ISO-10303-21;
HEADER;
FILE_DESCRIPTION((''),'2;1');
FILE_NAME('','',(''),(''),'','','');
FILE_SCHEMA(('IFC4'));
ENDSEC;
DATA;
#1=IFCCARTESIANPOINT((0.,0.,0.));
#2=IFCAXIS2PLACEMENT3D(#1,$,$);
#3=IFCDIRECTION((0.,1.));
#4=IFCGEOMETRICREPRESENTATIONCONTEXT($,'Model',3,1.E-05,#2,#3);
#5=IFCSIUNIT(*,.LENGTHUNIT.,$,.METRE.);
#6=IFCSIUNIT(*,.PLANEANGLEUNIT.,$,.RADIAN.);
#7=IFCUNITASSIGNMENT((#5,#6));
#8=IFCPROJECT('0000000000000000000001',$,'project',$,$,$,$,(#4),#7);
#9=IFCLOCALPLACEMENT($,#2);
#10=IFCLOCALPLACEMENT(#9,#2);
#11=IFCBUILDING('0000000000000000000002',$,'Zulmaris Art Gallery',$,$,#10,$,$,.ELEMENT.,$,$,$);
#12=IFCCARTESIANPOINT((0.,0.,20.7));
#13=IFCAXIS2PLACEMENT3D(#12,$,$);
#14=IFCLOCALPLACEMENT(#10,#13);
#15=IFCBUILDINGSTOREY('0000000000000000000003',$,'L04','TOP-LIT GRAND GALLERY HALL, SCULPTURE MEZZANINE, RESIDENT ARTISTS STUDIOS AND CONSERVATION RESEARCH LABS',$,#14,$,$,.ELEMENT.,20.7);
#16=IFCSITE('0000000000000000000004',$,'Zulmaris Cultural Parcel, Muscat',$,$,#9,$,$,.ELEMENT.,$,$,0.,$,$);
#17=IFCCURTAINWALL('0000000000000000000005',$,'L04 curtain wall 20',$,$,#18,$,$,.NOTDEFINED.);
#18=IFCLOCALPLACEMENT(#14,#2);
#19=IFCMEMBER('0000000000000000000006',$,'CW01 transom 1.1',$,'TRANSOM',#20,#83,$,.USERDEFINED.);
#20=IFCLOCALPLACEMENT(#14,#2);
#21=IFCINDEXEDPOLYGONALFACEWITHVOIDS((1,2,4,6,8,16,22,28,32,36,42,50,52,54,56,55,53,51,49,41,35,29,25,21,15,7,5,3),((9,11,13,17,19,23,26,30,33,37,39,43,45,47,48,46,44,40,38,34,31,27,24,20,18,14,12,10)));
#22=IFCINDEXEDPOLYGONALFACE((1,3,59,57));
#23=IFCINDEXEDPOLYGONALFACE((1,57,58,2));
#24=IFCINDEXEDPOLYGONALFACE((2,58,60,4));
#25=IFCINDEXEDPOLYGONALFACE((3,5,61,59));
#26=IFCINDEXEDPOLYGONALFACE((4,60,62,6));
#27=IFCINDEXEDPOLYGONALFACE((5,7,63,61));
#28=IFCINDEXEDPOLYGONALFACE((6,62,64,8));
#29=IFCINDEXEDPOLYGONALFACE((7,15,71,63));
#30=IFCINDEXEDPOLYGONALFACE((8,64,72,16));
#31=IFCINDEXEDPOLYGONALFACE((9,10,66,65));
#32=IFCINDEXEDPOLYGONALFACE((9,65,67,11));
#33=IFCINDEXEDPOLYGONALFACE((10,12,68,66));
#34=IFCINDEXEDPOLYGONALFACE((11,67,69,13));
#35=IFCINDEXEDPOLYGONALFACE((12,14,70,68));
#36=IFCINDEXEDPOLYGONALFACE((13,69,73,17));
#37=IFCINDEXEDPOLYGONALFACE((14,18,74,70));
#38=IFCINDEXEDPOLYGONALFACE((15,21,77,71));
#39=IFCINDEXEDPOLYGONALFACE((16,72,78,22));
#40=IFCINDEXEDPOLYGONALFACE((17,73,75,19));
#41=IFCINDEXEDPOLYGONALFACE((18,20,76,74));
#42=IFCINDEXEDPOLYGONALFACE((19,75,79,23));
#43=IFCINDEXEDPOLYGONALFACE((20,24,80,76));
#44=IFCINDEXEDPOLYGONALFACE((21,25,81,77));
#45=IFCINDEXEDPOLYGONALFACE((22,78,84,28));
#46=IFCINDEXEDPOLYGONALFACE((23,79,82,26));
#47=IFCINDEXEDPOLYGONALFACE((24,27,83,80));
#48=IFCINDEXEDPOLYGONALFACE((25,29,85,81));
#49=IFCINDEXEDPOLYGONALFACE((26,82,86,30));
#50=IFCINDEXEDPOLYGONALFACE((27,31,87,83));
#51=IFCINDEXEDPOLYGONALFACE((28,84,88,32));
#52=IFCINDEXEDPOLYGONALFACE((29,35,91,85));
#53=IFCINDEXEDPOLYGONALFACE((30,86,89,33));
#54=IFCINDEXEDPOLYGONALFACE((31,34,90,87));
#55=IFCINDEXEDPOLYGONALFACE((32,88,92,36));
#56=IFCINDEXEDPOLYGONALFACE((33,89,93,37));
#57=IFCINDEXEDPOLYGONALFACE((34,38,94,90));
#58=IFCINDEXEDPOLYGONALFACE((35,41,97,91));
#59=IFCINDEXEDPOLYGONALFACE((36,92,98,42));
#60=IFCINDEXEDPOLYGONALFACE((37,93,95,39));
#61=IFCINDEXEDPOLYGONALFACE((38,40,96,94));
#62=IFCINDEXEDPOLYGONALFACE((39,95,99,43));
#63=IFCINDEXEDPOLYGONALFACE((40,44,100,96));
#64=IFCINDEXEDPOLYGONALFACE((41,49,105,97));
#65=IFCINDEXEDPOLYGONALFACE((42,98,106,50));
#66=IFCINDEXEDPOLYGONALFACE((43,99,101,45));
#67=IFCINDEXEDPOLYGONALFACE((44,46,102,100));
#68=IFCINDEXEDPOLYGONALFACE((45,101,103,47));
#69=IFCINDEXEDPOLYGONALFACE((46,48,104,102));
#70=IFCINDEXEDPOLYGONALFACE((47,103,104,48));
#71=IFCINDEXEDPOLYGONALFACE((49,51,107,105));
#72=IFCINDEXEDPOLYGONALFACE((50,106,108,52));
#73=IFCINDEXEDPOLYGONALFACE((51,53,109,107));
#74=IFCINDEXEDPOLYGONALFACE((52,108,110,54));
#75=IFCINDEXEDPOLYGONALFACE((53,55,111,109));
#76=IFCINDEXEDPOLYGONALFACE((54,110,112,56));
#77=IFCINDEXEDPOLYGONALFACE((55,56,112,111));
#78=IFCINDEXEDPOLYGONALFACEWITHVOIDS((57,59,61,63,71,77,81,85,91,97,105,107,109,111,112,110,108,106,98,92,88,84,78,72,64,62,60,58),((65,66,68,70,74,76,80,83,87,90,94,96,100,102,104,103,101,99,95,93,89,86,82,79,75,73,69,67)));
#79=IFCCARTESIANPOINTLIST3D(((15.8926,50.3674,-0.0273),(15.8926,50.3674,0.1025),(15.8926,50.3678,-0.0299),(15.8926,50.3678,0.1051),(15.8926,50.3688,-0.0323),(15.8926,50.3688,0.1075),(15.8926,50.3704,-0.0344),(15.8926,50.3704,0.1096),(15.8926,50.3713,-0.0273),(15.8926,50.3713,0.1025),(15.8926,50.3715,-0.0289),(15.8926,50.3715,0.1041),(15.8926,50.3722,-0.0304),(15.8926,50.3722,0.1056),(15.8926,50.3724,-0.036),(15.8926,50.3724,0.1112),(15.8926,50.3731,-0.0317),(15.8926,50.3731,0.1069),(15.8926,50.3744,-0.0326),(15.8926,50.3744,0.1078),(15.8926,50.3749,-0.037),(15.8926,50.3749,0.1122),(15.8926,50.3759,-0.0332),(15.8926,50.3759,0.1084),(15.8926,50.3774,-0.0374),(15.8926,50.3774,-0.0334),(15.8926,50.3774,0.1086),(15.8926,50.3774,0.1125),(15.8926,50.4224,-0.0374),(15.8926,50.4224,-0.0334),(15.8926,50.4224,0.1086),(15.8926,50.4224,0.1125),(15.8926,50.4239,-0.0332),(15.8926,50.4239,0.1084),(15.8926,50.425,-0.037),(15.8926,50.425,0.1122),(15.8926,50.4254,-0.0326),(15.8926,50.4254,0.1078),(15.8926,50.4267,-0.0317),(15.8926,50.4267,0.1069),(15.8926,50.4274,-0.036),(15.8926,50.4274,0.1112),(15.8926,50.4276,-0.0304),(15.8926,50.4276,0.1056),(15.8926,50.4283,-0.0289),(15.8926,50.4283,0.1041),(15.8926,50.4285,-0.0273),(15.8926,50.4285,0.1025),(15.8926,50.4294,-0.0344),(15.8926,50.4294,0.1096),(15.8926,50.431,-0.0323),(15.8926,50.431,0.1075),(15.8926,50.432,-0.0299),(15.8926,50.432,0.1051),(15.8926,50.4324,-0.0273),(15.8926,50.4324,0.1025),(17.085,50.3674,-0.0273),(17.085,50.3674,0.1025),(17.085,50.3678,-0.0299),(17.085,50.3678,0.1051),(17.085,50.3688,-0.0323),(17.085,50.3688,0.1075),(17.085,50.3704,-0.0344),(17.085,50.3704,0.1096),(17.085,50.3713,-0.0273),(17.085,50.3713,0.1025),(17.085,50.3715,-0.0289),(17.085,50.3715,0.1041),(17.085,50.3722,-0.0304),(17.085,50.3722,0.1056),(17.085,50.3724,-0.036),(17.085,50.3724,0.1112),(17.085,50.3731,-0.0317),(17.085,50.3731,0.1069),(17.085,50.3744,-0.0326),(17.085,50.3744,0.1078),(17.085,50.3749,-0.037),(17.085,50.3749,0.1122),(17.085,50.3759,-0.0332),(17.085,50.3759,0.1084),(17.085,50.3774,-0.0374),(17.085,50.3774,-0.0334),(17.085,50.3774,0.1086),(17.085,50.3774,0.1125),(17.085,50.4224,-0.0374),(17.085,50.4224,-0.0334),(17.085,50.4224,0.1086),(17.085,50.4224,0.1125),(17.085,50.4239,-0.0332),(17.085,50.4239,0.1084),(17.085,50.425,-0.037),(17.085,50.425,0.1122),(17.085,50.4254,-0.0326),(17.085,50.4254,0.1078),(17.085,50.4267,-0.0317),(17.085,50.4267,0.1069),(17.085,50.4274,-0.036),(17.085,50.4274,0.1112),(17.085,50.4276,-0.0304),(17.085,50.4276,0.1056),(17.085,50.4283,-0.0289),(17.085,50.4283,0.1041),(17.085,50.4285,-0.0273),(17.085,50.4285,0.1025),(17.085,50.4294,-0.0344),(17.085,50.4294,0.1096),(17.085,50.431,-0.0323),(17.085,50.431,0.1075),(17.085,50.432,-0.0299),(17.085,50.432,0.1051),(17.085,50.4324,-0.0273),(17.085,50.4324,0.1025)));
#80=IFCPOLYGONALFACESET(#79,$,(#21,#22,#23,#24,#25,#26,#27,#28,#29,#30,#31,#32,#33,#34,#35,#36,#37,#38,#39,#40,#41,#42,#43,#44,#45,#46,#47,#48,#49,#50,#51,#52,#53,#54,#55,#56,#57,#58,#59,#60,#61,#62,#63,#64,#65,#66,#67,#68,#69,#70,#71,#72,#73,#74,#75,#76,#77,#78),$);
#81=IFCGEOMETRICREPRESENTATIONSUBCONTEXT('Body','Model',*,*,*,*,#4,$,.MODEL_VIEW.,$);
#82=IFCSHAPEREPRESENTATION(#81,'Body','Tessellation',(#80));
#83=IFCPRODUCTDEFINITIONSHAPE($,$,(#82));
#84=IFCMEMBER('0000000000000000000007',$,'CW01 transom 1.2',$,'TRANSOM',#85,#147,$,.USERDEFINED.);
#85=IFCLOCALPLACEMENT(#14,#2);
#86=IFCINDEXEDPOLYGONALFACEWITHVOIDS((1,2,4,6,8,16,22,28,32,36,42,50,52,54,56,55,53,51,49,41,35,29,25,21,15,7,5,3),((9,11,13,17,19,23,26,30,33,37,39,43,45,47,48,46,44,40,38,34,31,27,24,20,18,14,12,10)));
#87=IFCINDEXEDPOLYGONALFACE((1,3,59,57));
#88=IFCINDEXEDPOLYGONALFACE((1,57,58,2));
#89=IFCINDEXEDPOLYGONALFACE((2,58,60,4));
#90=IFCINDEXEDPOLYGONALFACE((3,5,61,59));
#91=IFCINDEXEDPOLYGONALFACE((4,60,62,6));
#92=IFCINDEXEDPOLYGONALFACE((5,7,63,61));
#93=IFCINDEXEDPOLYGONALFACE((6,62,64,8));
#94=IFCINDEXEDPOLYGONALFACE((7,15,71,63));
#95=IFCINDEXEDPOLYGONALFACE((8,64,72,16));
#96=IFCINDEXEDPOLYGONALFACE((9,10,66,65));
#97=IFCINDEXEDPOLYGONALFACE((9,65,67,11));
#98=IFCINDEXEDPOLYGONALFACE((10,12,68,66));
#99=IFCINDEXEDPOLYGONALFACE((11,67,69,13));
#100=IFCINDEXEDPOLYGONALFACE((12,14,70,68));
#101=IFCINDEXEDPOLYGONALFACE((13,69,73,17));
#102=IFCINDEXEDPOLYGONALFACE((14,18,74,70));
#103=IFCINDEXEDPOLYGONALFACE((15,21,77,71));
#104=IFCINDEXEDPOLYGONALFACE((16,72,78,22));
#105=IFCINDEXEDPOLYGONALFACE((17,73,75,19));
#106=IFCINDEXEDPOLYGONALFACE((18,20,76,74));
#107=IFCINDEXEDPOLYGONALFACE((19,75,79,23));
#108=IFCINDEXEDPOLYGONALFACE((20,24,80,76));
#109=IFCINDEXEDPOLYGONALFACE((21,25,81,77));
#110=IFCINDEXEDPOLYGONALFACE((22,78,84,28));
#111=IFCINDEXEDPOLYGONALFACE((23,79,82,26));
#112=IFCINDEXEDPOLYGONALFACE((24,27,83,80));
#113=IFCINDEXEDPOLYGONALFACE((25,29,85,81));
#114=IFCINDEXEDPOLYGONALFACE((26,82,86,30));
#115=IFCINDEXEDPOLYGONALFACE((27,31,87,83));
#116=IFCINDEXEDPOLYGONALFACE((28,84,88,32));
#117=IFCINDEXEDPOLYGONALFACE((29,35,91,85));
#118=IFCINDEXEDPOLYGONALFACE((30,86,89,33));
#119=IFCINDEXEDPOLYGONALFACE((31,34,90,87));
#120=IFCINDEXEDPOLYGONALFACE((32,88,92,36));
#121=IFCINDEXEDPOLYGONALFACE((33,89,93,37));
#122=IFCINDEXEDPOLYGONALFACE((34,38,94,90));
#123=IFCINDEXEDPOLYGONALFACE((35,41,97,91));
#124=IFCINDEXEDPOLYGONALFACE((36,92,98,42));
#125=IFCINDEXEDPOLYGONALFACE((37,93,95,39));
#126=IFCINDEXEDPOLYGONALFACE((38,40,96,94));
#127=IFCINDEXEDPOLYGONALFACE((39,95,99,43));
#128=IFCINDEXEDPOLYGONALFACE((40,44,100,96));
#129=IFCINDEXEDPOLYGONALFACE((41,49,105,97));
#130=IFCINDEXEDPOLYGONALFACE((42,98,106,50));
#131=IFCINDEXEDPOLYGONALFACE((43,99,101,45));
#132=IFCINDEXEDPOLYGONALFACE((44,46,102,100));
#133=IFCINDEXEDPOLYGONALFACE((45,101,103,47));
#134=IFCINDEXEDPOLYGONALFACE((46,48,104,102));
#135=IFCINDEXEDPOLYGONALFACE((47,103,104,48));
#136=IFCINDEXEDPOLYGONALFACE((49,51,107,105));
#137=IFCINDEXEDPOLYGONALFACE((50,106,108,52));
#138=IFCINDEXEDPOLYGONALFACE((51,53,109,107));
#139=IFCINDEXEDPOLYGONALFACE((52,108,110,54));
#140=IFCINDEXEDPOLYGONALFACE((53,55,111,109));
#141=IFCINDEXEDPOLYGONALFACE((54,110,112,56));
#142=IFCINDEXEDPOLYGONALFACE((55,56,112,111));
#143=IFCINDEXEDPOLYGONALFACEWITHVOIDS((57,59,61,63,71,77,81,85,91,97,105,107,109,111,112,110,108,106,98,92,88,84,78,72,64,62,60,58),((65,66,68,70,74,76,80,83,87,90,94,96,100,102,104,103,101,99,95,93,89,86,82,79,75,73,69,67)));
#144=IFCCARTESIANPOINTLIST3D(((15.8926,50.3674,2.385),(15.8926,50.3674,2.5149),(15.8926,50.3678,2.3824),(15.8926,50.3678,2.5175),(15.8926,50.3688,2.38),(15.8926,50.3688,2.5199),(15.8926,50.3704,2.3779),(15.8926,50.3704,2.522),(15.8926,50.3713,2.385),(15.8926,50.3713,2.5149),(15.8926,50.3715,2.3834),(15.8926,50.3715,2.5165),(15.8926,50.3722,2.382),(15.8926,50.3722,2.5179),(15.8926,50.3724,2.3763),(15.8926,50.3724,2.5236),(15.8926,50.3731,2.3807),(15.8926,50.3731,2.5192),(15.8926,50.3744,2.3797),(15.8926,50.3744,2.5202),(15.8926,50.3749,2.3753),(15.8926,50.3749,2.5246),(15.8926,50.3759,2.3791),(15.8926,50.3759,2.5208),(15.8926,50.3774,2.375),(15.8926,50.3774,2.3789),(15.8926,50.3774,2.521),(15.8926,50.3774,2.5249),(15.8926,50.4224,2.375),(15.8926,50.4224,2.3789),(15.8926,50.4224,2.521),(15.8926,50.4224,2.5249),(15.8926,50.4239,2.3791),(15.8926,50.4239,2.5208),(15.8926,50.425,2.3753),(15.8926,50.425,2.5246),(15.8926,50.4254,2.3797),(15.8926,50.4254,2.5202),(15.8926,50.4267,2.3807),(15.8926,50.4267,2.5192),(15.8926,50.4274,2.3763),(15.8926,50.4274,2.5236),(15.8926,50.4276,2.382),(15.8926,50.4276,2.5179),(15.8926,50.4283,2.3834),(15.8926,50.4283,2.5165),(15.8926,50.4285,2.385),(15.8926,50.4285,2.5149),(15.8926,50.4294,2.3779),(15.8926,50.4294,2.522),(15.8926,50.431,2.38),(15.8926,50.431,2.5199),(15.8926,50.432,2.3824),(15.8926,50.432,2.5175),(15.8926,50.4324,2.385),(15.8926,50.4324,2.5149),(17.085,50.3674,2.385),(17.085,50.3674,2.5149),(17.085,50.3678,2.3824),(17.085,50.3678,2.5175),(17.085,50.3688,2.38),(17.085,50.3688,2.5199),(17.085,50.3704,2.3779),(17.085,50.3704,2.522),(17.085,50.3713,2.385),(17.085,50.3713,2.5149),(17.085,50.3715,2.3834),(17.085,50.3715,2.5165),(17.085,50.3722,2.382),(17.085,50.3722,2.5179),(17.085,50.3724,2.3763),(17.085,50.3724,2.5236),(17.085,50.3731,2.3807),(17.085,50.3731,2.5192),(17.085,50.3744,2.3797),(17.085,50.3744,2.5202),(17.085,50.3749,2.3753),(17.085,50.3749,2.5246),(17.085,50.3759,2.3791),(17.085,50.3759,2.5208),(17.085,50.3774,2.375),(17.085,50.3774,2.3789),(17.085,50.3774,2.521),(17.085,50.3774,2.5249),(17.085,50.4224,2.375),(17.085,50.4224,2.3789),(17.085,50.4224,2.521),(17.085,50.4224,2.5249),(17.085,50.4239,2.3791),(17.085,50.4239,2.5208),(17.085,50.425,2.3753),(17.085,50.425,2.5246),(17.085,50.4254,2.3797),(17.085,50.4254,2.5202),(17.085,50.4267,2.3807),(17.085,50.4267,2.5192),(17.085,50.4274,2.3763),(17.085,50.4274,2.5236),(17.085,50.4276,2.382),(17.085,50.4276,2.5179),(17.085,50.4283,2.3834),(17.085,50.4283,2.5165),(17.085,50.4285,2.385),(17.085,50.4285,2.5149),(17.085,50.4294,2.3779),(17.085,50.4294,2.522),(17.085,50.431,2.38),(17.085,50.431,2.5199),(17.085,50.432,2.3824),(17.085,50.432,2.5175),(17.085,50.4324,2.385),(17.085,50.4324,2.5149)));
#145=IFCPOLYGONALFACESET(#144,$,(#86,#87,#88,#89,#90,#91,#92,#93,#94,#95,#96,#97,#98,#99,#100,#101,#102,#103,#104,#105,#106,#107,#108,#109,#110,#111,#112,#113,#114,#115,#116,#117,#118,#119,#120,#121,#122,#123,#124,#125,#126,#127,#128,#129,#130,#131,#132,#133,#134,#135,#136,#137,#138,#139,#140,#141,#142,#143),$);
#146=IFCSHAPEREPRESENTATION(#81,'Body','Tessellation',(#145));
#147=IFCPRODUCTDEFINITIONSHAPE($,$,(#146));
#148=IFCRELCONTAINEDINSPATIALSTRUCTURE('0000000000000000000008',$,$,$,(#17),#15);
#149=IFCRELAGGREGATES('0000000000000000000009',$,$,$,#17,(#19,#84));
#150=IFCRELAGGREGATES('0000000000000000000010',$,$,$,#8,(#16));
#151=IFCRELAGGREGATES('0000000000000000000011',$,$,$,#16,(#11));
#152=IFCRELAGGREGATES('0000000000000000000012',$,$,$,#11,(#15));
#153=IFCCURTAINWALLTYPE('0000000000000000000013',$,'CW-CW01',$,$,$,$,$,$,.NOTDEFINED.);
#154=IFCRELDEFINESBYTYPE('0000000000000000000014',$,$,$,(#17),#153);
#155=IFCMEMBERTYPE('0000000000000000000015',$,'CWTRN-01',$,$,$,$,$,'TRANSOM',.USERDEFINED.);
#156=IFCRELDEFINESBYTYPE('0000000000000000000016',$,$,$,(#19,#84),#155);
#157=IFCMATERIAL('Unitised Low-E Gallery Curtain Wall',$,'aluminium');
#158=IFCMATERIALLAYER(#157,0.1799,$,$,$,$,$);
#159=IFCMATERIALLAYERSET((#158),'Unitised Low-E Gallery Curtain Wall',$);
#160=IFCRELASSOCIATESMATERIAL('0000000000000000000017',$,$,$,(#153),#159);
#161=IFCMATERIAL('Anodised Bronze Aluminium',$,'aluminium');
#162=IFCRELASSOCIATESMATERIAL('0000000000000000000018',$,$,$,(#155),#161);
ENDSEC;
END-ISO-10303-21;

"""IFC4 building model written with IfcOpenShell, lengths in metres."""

from ifc_helpers import new_model, si_unit, direction, frame, origin, origin_2d, place, context, subcontext, project, spatial, hollow_rectangle, extrude, material, layer, layer_set, material_profile, profile_set, type_object, element, aggregate, save


model = new_model("IFC4")

# Units and contexts
model_context = context("Model", 3, precision=1e-05, world=origin(), true_north=direction((0.0, 1.0)))
body_context = subcontext(model_context, "Body", "Model", "MODEL_VIEW")
ifc_project = project(units=[si_unit("LENGTHUNIT", "METRE"), si_unit("PLANEANGLEUNIT", "RADIAN")], contexts=[model_context])

# Site, building, storey
site_placement = place(None, origin())
site = spatial("IfcSite", under=ifc_project, at=site_placement, Name="Zulmaris Cultural Parcel, Muscat", CompositionType="ELEMENT", RefElevation=0.0)
building_placement = place(site_placement, origin())
building = spatial("IfcBuilding", under=site, at=building_placement, Name="Zulmaris Art Gallery", CompositionType="ELEMENT")
storey_placement = place(building_placement, frame((0.0, 0.0, 20.7)))
storey = spatial("IfcBuildingStorey", under=building, at=storey_placement, Name="L04", Description="TOP-LIT GRAND GALLERY HALL, SCULPTURE MEZZANINE, RESIDENT ARTISTS STUDIOS AND CONSERVATION RESEARCH LABS", CompositionType="ELEMENT", Elevation=20.7)

# Curtain wall
ifc_material_1 = material(Name="Unitised Low-E Gallery Curtain Wall", Category="aluminium")
ifc_layer_1 = layer(ifc_material_1, 0.1799)
ifc_layer_set_1 = layer_set([ifc_layer_1], Name="Unitised Low-E Gallery Curtain Wall")
curtain_wall_type = type_object("IfcCurtainWallType", Name="CW-CW01", PredefinedType="NOTDEFINED", material=ifc_layer_set_1)
curtain_wall_1_placement = place(storey_placement, origin())
curtain_wall_1 = element("IfcCurtainWall", 1, at=curtain_wall_1_placement, inside=storey, type_object=curtain_wall_type, Name="L04 curtain wall 20", PredefinedType="NOTDEFINED")
ifc_material_2 = material(Name="Anodised Bronze Aluminium", Category="aluminium")

# Members
ifc_material_profile_1 = material_profile(ifc_material_2, hollow_rectangle(XDim=0.0649, YDim=0.1499, WallThickness=0.0039, InnerFilletRadius=0.0061, OuterFilletRadius=0.01, at=origin_2d()), Name="ALU 65x150x4")
ifc_profile_set_1 = profile_set([ifc_material_profile_1], Name="Anodised Bronze Aluminium")
member_type_1 = type_object("IfcMemberType", Name="CWTRN-01", ElementType="TRANSOM", PredefinedType="USERDEFINED", material=ifc_profile_set_1)
member_1_placement = place(storey_placement, frame((17.085, 50.3999, 0.0376), z_axis=(-1.0, 0.0, 0.0), x_axis=(0.0, -1.0, 0.0)))
member_1 = element("IfcMember", 2, at=member_1_placement, type_object=member_type_1, Name="CW01 transom 1.1", ObjectType="TRANSOM", PredefinedType="USERDEFINED", context=body_context, shape_type="SweptSolid", body=[
    extrude(hollow_rectangle(XDim=0.0649, YDim=0.1499, WallThickness=0.0039, InnerFilletRadius=0.0061, OuterFilletRadius=0.01, at=origin_2d()), origin(), (0.0, 0.0, 1.0), 1.1924),
])
member_2_placement = place(storey_placement, frame((17.085, 50.3999, 2.45), z_axis=(-1.0, 0.0, 0.0), x_axis=(0.0, -1.0, 0.0)))
member_2 = element("IfcMember", 3, at=member_2_placement, type_object=member_type_1, Name="CW01 transom 1.2", ObjectType="TRANSOM", PredefinedType="USERDEFINED", context=body_context, shape_type="SweptSolid", body=[
    extrude(hollow_rectangle(XDim=0.0649, YDim=0.1499, WallThickness=0.0039, InnerFilletRadius=0.0061, OuterFilletRadius=0.01, at=origin_2d()), origin(), (0.0, 0.0, 1.0), 1.1924),
])

aggregate(curtain_wall_1, [member_1, member_2])

save(model, "model.ifc")
